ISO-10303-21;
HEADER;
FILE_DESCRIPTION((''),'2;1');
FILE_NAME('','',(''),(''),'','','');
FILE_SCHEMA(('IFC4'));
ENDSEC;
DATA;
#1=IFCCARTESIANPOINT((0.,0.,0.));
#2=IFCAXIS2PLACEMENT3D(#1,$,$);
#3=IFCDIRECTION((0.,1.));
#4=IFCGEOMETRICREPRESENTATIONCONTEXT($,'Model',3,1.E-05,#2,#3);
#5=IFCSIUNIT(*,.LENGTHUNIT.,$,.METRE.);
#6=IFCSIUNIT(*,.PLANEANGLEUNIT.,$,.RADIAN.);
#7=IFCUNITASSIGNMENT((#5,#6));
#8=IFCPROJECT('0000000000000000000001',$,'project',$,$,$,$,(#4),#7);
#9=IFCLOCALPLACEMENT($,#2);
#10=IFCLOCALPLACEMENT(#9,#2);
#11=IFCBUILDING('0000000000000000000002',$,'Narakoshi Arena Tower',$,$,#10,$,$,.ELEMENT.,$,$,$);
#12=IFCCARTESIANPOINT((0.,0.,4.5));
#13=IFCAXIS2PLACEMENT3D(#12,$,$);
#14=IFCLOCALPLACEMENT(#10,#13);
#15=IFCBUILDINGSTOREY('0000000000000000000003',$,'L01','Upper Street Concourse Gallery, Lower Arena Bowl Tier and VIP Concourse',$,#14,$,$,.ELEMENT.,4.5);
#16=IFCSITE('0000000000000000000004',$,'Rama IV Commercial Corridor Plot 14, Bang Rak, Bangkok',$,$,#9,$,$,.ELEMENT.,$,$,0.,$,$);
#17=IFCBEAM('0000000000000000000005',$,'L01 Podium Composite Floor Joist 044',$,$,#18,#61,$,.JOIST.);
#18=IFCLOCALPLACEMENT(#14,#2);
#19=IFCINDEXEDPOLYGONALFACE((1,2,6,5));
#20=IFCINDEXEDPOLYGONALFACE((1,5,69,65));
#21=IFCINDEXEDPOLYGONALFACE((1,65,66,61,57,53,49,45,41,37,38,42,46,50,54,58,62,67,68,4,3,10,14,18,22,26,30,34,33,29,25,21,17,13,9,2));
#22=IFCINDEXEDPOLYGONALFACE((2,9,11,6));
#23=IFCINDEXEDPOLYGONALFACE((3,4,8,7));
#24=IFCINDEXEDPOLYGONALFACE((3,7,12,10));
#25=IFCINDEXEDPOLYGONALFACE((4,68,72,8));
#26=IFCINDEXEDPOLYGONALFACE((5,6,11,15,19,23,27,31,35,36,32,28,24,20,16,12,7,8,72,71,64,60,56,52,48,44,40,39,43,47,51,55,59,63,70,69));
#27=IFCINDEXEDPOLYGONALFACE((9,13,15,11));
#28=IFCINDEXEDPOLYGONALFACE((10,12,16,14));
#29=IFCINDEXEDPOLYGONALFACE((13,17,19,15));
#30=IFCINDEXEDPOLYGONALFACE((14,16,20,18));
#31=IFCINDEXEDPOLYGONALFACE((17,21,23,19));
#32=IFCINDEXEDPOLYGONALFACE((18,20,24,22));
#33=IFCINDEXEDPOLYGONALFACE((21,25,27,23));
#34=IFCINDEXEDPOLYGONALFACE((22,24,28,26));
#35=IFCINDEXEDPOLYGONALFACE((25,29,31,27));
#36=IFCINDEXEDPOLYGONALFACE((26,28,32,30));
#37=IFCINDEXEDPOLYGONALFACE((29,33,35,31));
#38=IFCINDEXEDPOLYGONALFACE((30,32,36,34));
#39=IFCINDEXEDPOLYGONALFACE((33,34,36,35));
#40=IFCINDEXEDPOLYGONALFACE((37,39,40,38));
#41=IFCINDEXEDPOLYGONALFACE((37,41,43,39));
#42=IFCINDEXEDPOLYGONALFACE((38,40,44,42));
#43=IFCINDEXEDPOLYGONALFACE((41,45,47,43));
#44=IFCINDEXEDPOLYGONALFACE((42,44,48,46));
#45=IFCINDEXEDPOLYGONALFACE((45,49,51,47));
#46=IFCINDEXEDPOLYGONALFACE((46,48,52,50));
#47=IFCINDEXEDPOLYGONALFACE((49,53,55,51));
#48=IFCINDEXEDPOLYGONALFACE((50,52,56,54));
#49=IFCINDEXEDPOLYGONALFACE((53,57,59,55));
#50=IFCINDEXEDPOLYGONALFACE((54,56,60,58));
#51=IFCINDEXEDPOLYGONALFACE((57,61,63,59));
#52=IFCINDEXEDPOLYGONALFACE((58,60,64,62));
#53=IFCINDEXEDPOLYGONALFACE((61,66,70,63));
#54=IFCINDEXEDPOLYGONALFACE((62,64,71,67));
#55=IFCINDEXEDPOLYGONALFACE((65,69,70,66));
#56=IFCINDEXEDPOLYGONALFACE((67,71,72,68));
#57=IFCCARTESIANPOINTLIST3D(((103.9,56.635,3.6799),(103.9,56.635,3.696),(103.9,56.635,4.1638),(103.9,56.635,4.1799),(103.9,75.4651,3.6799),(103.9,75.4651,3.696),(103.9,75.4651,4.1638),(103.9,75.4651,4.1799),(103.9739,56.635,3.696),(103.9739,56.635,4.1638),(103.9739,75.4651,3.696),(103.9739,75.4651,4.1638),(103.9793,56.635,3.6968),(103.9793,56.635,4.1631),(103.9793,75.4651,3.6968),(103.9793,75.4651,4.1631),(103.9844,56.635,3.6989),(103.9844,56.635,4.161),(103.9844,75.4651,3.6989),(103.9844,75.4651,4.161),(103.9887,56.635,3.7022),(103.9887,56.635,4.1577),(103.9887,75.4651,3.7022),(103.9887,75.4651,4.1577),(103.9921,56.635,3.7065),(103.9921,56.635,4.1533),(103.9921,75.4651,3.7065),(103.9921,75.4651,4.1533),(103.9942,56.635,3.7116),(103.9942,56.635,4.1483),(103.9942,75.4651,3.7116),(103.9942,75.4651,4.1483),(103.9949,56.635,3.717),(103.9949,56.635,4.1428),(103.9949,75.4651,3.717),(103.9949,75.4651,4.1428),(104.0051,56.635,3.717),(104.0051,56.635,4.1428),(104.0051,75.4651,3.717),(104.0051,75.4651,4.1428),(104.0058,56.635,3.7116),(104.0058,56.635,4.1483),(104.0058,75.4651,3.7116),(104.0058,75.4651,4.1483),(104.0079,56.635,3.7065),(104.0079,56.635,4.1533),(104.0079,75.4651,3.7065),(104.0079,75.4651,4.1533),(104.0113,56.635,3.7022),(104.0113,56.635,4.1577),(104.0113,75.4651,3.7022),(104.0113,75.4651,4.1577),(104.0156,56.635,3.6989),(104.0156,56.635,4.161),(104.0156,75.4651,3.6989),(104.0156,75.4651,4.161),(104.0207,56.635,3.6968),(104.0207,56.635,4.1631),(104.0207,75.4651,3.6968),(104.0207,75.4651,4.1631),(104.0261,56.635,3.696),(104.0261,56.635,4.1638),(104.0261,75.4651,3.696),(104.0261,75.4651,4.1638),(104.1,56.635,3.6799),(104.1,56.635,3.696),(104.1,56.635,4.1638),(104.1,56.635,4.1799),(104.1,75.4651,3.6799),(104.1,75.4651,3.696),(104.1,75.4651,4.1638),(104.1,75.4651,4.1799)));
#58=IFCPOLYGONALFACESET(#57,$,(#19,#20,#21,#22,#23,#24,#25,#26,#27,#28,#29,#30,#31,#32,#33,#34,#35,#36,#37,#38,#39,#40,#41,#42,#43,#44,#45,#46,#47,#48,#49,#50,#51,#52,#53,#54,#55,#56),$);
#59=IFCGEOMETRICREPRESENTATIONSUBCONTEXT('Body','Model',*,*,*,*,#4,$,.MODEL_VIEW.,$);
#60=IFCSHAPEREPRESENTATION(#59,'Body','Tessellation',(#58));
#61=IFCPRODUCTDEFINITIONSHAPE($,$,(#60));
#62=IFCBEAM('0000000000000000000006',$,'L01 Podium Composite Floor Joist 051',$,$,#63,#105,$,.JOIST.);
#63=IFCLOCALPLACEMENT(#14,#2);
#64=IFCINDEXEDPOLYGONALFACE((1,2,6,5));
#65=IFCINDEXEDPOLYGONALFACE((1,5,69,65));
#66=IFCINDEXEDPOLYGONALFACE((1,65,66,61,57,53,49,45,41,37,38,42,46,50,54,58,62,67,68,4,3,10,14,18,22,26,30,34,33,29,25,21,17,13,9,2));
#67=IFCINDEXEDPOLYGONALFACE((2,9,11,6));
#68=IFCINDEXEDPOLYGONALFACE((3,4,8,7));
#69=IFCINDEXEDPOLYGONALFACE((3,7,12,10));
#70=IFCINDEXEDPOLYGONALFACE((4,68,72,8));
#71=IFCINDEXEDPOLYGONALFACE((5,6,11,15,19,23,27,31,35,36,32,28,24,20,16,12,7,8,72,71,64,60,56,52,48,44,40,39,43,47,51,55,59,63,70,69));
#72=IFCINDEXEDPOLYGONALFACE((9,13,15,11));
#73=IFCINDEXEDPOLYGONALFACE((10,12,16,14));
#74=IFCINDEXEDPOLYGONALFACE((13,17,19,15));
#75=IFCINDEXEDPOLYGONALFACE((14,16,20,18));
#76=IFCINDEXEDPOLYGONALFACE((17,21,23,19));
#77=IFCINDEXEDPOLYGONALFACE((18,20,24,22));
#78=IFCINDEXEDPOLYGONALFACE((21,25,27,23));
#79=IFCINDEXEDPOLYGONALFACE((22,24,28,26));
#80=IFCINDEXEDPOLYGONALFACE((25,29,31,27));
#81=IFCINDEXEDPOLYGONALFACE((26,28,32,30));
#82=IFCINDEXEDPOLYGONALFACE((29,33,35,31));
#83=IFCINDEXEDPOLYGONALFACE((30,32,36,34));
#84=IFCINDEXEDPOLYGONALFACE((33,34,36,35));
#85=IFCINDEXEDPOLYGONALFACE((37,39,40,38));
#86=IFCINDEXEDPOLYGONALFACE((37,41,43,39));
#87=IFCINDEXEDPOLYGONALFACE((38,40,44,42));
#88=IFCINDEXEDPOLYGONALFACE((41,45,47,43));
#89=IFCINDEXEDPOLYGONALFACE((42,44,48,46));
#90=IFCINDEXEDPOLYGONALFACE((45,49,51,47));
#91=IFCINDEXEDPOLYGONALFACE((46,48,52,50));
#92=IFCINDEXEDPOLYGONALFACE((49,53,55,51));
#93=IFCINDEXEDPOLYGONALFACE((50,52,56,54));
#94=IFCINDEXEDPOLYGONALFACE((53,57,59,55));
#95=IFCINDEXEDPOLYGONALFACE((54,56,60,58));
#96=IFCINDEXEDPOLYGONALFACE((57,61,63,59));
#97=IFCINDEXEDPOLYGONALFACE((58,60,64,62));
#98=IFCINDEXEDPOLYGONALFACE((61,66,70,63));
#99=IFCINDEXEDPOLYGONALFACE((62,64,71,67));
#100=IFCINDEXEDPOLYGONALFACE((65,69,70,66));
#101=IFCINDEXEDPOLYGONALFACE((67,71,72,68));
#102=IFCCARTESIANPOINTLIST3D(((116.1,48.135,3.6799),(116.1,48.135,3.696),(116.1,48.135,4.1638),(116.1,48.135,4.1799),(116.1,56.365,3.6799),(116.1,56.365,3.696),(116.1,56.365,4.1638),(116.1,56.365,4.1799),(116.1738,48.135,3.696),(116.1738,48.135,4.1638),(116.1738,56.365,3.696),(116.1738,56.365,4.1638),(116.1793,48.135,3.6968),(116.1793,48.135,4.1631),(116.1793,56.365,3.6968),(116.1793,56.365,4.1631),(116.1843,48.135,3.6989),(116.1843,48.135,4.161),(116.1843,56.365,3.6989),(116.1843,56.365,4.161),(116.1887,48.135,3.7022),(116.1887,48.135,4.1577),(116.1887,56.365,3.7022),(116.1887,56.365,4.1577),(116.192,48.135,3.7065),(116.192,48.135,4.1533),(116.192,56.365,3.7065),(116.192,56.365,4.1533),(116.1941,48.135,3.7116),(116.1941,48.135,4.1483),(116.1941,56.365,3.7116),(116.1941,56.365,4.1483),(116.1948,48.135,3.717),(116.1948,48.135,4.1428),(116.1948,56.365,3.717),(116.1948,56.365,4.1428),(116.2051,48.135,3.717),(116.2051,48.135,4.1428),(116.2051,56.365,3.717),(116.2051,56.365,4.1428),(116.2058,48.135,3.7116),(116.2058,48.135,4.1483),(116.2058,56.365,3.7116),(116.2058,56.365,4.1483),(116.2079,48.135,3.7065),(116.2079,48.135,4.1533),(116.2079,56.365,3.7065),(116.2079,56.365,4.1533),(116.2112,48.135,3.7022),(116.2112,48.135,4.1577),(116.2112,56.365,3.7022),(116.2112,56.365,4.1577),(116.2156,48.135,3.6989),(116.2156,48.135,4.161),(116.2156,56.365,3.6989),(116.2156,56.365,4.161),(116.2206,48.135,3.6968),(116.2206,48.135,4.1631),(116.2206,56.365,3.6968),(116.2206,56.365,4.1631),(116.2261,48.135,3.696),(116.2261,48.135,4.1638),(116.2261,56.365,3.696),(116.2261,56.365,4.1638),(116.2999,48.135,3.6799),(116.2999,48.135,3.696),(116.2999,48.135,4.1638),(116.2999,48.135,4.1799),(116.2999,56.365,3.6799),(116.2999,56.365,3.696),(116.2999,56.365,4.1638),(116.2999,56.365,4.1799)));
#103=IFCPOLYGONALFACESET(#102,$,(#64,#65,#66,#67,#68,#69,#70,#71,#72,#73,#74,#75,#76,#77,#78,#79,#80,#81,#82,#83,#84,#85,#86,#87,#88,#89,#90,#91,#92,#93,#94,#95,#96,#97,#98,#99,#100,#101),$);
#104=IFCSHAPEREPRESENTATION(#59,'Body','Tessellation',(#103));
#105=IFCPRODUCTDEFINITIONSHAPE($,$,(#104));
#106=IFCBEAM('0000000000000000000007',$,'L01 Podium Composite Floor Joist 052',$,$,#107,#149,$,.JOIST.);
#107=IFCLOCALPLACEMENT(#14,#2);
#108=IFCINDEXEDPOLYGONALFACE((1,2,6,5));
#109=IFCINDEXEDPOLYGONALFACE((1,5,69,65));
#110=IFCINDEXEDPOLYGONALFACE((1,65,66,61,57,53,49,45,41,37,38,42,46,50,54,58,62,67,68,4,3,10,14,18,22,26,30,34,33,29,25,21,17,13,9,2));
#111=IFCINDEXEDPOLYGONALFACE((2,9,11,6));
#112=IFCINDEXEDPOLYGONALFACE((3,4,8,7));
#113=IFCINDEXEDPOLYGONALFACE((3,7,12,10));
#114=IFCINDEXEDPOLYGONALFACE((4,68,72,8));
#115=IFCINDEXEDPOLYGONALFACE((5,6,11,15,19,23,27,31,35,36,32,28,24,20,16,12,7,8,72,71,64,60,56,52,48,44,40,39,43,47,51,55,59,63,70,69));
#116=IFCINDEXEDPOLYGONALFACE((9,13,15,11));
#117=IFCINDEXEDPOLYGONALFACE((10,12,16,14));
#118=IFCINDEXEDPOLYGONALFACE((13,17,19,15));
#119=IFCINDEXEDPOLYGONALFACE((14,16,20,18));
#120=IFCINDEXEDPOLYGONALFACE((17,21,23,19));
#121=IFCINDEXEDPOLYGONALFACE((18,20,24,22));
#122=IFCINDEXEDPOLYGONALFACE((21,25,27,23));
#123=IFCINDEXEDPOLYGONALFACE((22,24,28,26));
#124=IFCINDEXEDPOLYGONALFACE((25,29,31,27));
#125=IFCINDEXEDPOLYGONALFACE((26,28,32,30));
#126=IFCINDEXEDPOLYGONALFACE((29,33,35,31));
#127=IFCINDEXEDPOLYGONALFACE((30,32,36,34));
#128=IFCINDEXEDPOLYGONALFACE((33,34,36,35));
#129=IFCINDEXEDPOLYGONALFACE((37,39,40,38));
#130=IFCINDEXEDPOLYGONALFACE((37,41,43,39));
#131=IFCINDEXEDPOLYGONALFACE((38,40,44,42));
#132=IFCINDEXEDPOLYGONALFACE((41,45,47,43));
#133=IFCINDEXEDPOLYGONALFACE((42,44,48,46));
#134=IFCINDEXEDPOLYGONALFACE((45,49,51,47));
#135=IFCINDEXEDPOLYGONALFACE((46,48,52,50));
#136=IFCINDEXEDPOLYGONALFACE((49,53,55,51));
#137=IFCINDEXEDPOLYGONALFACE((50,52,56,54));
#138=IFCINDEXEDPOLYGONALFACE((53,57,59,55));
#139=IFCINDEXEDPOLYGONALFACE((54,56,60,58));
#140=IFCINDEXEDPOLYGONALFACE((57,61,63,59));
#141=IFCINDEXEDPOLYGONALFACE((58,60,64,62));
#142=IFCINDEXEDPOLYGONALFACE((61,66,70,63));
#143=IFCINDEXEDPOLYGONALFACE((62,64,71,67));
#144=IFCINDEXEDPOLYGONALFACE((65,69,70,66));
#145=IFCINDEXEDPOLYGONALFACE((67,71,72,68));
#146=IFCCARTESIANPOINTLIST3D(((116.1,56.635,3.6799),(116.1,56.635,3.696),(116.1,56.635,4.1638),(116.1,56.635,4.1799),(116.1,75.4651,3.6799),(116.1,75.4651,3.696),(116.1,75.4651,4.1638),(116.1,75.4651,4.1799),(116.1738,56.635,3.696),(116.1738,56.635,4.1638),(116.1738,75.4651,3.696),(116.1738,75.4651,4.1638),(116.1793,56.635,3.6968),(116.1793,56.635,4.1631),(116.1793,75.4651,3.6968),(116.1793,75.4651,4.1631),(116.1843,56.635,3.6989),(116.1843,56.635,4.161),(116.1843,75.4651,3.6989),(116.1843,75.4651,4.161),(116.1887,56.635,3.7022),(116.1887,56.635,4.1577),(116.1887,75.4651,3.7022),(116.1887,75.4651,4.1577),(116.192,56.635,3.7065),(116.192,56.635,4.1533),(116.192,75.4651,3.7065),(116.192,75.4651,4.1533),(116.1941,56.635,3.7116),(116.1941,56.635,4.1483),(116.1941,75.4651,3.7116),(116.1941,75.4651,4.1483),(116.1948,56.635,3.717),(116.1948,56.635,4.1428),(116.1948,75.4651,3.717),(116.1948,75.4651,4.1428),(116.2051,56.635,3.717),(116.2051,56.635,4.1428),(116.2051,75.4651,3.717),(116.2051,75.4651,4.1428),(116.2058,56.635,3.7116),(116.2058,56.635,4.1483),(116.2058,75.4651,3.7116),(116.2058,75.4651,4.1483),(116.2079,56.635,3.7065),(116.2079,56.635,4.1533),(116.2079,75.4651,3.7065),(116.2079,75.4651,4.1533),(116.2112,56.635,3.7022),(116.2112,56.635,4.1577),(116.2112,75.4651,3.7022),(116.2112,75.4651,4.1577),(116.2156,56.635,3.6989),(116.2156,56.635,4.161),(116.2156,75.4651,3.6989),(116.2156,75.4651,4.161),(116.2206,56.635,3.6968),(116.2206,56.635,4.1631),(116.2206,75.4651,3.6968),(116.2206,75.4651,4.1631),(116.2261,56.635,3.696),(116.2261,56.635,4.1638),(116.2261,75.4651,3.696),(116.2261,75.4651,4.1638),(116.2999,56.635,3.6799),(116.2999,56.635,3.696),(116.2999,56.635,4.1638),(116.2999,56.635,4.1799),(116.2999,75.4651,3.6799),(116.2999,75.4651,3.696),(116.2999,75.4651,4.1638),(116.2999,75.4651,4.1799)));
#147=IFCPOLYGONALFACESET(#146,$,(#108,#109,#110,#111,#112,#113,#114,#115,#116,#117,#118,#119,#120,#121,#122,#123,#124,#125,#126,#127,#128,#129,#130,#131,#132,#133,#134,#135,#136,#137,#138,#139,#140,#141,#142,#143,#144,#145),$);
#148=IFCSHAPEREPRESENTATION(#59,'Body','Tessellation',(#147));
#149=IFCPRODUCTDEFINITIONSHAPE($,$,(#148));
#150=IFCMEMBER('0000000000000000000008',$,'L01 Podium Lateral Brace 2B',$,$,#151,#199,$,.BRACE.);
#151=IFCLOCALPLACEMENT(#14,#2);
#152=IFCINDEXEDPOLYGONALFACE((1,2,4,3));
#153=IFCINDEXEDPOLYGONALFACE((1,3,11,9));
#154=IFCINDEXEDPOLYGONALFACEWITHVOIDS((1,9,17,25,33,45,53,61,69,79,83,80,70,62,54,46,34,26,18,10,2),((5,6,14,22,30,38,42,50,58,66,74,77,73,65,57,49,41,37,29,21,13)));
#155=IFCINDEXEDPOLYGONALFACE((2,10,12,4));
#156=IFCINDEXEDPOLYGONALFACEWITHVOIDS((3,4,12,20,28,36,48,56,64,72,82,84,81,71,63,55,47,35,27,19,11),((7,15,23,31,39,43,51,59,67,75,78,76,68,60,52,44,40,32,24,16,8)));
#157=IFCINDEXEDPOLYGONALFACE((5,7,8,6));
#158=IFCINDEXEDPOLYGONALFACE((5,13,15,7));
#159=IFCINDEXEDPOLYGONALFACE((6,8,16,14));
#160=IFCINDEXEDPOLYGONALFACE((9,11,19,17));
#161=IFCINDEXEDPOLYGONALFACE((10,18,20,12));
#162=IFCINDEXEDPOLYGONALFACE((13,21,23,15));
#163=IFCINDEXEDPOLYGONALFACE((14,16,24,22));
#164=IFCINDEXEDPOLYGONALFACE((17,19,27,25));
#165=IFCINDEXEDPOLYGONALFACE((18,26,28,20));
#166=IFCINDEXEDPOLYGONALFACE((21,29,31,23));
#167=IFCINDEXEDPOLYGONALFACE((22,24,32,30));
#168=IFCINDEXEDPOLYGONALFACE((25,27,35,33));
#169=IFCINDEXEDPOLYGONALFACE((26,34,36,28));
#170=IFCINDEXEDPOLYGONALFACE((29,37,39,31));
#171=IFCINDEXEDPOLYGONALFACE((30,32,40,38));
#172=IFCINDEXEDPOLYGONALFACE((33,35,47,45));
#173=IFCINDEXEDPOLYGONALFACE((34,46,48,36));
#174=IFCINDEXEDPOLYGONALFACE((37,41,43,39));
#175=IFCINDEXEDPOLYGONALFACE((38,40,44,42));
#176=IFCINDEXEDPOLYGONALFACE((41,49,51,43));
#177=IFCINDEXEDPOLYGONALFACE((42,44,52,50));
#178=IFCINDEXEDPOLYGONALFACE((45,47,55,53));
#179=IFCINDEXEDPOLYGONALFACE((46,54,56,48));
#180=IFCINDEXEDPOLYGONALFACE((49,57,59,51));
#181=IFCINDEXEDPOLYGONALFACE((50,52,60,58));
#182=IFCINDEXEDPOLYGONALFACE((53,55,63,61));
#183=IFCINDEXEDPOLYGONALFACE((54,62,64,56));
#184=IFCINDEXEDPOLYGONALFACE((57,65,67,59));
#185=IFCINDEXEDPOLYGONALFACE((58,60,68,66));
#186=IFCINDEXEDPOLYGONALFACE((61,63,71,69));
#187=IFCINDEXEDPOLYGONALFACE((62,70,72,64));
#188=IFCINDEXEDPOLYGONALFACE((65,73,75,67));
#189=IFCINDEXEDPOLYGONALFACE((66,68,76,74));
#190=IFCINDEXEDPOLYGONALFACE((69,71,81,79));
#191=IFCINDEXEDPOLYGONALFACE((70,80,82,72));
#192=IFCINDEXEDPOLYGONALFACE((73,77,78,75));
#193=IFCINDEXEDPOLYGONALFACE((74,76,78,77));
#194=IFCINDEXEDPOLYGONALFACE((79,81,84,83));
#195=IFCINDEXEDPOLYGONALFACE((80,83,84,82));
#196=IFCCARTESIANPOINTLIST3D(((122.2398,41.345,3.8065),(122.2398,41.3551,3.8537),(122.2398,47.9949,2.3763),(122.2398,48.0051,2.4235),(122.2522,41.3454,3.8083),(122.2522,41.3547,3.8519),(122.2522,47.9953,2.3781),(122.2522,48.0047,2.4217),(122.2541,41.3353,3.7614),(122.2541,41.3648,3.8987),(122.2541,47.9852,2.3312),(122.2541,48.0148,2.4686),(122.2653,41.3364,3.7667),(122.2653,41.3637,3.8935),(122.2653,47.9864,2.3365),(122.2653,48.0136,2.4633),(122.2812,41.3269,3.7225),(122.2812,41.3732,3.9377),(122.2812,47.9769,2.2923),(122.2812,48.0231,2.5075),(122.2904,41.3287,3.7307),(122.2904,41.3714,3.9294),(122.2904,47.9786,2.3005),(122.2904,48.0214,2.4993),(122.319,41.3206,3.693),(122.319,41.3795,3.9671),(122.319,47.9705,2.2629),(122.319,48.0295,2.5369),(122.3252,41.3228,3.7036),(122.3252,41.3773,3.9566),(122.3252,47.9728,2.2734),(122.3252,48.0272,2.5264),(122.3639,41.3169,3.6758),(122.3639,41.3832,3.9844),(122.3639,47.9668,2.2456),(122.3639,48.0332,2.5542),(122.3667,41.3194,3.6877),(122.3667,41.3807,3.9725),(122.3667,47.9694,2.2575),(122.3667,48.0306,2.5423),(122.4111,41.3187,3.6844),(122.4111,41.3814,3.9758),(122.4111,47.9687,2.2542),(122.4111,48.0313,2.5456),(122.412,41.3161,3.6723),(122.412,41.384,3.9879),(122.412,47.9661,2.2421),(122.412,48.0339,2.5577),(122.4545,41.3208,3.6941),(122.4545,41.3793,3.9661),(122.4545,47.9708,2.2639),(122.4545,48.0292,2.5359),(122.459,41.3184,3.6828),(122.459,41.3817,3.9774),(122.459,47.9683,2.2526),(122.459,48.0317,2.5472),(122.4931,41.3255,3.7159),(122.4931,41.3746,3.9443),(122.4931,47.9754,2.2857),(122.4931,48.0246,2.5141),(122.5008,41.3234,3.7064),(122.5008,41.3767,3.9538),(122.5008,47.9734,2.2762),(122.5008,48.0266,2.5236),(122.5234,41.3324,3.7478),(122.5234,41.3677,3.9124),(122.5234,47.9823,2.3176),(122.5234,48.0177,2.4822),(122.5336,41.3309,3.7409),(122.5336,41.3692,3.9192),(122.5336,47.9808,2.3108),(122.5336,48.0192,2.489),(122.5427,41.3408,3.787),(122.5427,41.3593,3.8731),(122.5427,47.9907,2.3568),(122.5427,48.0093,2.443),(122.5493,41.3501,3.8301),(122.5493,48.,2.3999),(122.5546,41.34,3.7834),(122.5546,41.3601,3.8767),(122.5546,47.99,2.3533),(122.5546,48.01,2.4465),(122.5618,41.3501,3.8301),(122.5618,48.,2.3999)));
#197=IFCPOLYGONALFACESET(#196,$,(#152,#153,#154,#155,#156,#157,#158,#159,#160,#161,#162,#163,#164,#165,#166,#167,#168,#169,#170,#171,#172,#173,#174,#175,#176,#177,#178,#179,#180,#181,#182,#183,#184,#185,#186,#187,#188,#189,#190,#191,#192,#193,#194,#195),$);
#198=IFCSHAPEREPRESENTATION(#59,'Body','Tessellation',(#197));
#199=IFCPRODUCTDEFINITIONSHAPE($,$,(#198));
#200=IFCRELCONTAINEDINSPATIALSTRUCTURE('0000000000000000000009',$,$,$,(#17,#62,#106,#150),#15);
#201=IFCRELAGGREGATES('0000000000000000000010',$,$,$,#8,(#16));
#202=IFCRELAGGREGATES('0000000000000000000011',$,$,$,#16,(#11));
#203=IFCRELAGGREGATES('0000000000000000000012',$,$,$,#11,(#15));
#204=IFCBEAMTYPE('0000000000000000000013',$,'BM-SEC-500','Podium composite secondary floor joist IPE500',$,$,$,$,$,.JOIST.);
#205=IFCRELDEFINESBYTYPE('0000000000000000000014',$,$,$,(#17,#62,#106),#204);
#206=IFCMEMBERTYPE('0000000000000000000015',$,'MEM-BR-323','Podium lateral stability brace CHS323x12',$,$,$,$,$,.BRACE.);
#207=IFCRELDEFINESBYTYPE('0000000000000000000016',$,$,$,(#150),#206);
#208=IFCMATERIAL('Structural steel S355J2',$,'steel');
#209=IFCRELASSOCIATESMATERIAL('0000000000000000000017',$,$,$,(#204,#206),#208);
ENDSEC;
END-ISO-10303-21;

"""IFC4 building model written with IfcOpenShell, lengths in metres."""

from ifc_helpers import new_model, si_unit, direction, frame, origin, origin_2d, place, context, subcontext, project, spatial, hollow_circle, i_section, extrude, material, material_profile, profile_set, type_object, element, save


model = new_model("IFC4")

# Units and contexts
model_context = context("Model", 3, precision=1e-05, world=origin(), true_north=direction((0.0, 1.0)))
body_context = subcontext(model_context, "Body", "Model", "MODEL_VIEW")
ifc_project = project(units=[si_unit("LENGTHUNIT", "METRE"), si_unit("PLANEANGLEUNIT", "RADIAN")], contexts=[model_context])

# Site, building, storey
site_placement = place(None, origin())
site = spatial("IfcSite", under=ifc_project, at=site_placement, Name="Rama IV Commercial Corridor Plot 14, Bang Rak, Bangkok", CompositionType="ELEMENT", RefElevation=0.0)
building_placement = place(site_placement, origin())
building = spatial("IfcBuilding", under=site, at=building_placement, Name="Narakoshi Arena Tower", CompositionType="ELEMENT")
storey_placement = place(building_placement, frame((0.0, 0.0, 4.5)))
storey = spatial("IfcBuildingStorey", under=building, at=storey_placement, Name="L01", Description="Upper Street Concourse Gallery, Lower Arena Bowl Tier and VIP Concourse", CompositionType="ELEMENT", Elevation=4.5)

# Beams
ifc_material_1 = material(Name="Structural steel S355J2", Category="steel")
ifc_material_profile_1 = material_profile(ifc_material_1, i_section(OverallWidth=0.2, OverallDepth=0.5, WebThickness=0.0103, FlangeThickness=0.0161, FilletRadius=0.021, at=origin_2d()), Name="IPE500")
ifc_profile_set_1 = profile_set([ifc_material_profile_1], Name="Structural steel S355J2")
beam_type_1 = type_object("IfcBeamType", Name="BM-SEC-500", Description="Podium composite secondary floor joist IPE500", PredefinedType="JOIST", material=ifc_profile_set_1)
beam_1_placement = place(storey_placement, frame((104.0, 56.635, 3.9299), z_axis=(0.0, 1.0, 0.0), x_axis=(-1.0, 0.0, 0.0)))
element("IfcBeam", 1, at=beam_1_placement, inside=storey, type_object=beam_type_1, Name="L01 Podium Composite Floor Joist 044", PredefinedType="JOIST", context=body_context, shape_type="SweptSolid", body=[
    extrude(i_section(OverallWidth=0.2, OverallDepth=0.5, WebThickness=0.0103, FlangeThickness=0.0161, FilletRadius=0.021, at=origin_2d()), origin(), (0.0, 0.0, 1.0), 18.8301),
])
beam_2_placement = place(storey_placement, frame((116.2, 48.135, 3.9299), z_axis=(0.0, 1.0, 0.0), x_axis=(-1.0, 0.0, 0.0)))
element("IfcBeam", 2, at=beam_2_placement, inside=storey, type_object=beam_type_1, Name="L01 Podium Composite Floor Joist 051", PredefinedType="JOIST", context=body_context, shape_type="SweptSolid", body=[
    extrude(i_section(OverallWidth=0.2, OverallDepth=0.5, WebThickness=0.0103, FlangeThickness=0.0161, FilletRadius=0.021, at=origin_2d()), origin(), (0.0, 0.0, 1.0), 8.23),
])
beam_3_placement = place(storey_placement, frame((116.2, 56.635, 3.9299), z_axis=(0.0, 1.0, 0.0), x_axis=(-1.0, 0.0, 0.0)))
element("IfcBeam", 3, at=beam_3_placement, inside=storey, type_object=beam_type_1, Name="L01 Podium Composite Floor Joist 052", PredefinedType="JOIST", context=body_context, shape_type="SweptSolid", body=[
    extrude(i_section(OverallWidth=0.2, OverallDepth=0.5, WebThickness=0.0103, FlangeThickness=0.0161, FilletRadius=0.021, at=origin_2d()), origin(), (0.0, 0.0, 1.0), 18.8301),
])

# Member
ifc_material_profile_2 = material_profile(ifc_material_1, hollow_circle(Radius=0.1619, WallThickness=0.0125, at=origin_2d()), Name="CHS323x12")
ifc_profile_set_2 = profile_set([ifc_material_profile_2], Name="Structural steel S355J2")
member_type = type_object("IfcMemberType", Name="MEM-BR-323", Description="Podium lateral stability brace CHS323x12", PredefinedType="BRACE", material=ifc_profile_set_2)
member_placement = place(storey_placement, frame((122.3999, 48.0, 2.3999), z_axis=(0.0, -0.977646, 0.210259), x_axis=(1.0, 0.0, 0.0)))
element("IfcMember", 4, at=member_placement, inside=storey, type_object=member_type, Name="L01 Podium Lateral Brace 2B", PredefinedType="BRACE", context=body_context, shape_type="SweptSolid", body=[
    extrude(hollow_circle(Radius=0.1619, WallThickness=0.0125, at=origin_2d()), origin(), (0.0, 0.0, 1.0), 6.802),
])

save(model, "model.ifc")
